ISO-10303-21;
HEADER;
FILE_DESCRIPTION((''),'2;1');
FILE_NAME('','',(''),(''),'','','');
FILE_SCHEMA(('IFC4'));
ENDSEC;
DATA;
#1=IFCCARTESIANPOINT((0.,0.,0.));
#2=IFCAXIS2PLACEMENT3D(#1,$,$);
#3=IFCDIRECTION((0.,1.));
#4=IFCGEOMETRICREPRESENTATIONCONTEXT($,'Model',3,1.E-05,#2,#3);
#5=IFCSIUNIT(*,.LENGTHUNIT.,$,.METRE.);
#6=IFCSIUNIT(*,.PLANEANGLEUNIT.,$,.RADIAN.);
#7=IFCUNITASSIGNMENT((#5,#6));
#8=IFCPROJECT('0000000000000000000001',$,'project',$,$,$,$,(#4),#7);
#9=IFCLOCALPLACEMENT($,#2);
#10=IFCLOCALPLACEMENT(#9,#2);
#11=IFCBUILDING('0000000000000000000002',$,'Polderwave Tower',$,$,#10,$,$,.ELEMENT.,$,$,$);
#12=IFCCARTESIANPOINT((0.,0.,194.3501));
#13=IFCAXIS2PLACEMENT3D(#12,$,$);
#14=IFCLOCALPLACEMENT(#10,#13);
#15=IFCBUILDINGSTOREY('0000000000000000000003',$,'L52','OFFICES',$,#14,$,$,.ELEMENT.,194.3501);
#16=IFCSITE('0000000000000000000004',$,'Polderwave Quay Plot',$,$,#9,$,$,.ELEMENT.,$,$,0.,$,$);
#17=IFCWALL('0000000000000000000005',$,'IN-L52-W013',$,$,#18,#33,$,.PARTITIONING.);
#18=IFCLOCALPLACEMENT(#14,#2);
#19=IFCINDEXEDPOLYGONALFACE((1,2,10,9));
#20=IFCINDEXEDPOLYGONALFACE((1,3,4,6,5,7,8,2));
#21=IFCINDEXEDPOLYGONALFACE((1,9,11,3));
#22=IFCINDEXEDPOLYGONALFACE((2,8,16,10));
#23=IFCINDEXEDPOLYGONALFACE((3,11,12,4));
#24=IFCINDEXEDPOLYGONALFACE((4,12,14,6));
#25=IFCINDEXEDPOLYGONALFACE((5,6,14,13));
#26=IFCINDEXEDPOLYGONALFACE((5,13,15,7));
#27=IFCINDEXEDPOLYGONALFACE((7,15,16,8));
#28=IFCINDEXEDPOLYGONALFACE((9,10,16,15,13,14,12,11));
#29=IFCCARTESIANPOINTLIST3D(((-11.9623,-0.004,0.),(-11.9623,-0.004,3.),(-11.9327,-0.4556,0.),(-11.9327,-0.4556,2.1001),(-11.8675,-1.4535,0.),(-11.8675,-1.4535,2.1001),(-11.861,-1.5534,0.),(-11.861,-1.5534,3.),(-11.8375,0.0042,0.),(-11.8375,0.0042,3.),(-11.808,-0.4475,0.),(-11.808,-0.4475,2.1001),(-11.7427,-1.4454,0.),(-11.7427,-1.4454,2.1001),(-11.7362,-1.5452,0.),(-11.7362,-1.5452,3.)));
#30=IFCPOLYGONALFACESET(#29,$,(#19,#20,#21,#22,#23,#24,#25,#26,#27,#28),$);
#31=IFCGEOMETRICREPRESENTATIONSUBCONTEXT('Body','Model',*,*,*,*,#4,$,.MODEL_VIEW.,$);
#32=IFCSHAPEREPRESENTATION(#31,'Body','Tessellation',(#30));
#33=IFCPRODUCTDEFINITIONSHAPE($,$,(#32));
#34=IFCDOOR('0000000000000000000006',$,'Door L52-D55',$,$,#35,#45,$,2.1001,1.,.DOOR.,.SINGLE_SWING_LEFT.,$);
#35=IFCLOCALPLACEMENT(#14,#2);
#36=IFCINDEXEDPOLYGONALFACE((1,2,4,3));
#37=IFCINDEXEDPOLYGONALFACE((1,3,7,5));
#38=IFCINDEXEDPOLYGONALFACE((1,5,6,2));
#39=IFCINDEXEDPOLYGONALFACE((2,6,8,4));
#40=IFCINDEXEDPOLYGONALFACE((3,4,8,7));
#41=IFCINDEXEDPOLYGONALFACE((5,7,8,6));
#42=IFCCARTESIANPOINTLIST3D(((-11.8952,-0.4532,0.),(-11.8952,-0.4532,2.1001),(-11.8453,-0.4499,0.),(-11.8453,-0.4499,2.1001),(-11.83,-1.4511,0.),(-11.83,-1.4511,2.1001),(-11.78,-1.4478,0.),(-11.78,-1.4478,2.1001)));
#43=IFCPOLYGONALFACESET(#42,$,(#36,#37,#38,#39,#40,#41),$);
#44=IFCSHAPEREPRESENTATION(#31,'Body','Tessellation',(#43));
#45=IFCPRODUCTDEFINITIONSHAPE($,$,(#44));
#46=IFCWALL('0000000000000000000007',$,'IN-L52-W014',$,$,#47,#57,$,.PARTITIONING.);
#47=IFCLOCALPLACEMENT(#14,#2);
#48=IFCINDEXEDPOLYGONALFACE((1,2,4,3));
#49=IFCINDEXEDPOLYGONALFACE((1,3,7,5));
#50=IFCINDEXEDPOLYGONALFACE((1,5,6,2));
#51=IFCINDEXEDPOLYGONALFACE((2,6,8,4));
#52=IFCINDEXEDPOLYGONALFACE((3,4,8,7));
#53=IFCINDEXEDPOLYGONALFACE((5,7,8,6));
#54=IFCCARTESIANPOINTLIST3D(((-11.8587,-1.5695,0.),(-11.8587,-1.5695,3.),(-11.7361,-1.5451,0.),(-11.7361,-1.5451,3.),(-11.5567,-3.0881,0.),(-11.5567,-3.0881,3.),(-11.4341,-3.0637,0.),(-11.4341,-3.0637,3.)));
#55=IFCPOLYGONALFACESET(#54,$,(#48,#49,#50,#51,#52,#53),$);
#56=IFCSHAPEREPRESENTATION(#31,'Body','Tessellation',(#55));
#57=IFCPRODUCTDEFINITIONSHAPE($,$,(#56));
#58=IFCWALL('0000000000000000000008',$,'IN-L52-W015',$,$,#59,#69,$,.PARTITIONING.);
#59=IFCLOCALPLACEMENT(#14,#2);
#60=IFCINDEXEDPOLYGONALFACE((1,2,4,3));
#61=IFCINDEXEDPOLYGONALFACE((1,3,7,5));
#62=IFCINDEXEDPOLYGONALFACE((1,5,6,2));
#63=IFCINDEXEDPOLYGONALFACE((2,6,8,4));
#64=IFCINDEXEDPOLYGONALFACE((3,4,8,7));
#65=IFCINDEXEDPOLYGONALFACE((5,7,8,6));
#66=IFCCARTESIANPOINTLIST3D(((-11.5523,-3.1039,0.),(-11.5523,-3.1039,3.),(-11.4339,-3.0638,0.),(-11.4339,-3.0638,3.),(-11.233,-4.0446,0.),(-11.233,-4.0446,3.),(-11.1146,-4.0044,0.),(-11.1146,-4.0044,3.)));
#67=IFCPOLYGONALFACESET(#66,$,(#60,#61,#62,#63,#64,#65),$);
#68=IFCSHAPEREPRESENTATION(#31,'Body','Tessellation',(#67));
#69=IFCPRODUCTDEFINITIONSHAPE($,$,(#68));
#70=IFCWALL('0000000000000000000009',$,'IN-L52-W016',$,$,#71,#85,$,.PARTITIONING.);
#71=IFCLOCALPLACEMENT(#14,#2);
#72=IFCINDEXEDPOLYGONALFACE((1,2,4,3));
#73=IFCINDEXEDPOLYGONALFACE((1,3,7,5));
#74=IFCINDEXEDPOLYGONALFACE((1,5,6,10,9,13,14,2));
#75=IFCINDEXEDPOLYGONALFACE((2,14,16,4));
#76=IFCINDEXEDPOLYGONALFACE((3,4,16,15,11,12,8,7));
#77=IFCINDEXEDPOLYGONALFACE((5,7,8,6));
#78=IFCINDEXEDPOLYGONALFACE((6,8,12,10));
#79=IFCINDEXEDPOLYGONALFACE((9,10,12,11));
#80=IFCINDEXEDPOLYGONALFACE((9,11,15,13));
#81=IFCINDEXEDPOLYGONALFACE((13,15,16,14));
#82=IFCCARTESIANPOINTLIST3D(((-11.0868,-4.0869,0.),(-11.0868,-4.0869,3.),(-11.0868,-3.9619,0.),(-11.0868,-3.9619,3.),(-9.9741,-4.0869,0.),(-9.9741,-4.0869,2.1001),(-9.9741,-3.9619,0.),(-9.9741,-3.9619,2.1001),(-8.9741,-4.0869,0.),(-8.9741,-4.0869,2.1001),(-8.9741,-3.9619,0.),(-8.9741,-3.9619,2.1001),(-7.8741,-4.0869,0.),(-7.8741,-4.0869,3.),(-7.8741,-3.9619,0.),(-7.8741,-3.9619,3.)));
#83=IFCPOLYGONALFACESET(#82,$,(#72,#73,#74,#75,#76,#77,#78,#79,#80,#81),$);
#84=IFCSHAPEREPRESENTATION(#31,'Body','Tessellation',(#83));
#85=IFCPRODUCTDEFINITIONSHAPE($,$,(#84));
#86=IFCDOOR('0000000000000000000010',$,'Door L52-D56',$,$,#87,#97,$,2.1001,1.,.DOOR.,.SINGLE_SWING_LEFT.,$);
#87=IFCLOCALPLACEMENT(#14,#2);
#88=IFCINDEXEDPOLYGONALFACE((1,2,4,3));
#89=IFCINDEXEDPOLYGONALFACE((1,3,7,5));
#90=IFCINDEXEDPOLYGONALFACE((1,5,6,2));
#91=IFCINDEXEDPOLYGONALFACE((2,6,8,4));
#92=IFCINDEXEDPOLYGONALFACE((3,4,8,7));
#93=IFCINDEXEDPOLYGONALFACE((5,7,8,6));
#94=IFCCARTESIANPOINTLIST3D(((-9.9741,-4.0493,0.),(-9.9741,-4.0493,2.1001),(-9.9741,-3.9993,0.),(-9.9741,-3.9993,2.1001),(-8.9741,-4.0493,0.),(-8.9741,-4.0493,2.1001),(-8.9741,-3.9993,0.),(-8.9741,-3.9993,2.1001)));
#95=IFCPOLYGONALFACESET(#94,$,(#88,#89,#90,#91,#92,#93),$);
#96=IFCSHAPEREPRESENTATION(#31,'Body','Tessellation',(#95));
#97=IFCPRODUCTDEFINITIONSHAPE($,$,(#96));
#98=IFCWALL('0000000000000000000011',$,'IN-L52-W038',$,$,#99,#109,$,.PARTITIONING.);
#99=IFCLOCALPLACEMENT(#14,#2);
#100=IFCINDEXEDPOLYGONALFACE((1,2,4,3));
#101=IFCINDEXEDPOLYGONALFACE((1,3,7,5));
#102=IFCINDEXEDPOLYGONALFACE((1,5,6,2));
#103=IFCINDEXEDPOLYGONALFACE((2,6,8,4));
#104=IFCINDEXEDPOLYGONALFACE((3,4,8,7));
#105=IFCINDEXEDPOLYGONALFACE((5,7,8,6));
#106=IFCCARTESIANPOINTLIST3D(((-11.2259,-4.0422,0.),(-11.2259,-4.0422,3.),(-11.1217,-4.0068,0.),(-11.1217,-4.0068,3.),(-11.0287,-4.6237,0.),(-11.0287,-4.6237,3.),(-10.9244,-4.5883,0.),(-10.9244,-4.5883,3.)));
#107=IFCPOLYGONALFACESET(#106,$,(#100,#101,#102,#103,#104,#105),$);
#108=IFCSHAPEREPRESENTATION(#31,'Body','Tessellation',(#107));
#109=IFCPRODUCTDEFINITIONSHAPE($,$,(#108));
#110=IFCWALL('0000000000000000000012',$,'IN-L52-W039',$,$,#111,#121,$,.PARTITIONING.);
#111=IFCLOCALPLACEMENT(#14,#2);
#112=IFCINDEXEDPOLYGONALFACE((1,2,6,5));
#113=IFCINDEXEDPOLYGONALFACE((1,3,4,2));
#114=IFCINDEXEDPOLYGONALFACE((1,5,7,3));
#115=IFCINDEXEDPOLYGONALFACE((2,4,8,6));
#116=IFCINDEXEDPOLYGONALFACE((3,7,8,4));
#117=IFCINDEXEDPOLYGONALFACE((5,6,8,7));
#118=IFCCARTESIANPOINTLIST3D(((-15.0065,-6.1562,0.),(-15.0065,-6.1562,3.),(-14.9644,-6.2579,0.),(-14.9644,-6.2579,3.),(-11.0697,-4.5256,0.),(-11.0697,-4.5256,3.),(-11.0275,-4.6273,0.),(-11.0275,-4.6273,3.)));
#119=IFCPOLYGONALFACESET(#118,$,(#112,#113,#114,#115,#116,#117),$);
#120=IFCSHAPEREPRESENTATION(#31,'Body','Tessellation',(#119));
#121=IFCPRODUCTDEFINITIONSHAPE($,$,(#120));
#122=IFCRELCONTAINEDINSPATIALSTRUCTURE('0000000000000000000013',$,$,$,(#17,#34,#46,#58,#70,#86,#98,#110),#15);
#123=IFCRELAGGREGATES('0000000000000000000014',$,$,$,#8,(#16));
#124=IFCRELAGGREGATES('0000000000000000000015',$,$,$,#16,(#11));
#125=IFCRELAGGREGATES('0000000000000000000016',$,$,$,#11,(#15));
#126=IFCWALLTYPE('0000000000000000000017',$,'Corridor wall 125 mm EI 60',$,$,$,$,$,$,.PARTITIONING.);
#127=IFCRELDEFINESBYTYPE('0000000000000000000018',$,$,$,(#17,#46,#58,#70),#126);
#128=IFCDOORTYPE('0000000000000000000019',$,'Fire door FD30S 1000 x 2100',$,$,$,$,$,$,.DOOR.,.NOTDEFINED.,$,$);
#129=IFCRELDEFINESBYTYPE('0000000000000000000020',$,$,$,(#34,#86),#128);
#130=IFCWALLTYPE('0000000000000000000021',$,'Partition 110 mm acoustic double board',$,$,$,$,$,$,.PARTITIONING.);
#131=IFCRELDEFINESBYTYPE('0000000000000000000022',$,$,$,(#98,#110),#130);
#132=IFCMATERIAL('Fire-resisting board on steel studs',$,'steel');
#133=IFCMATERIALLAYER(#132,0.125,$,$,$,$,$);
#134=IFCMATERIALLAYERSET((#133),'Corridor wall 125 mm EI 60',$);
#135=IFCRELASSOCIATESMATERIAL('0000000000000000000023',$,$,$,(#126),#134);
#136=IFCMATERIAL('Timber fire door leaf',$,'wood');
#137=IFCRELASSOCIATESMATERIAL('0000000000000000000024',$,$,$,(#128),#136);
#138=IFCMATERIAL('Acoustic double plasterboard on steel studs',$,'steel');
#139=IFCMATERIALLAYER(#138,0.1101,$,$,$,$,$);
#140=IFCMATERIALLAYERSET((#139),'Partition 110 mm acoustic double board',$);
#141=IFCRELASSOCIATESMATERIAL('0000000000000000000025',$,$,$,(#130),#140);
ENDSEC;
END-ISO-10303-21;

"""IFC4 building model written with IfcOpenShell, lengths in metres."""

from ifc_helpers import new_model, si_unit, direction, frame, frame_2d, origin, place, context, subcontext, project, spatial, rectangle, extrude, material, layer, layer_set, type_object, element, fill, save


model = new_model("IFC4")

# Units and contexts
model_context = context("Model", 3, precision=1e-05, world=origin(), true_north=direction((0.0, 1.0)))
body_context = subcontext(model_context, "Body", "Model", "MODEL_VIEW")
ifc_project = project(units=[si_unit("LENGTHUNIT", "METRE"), si_unit("PLANEANGLEUNIT", "RADIAN")], contexts=[model_context])

# Site, building, storey
site_placement = place(None, origin())
site = spatial("IfcSite", under=ifc_project, at=site_placement, Name="Polderwave Quay Plot", CompositionType="ELEMENT", RefElevation=0.0)
building_placement = place(site_placement, origin())
building = spatial("IfcBuilding", under=site, at=building_placement, Name="Polderwave Tower", CompositionType="ELEMENT")
storey_placement = place(building_placement, frame((0.0, 0.0, 194.3501)))
storey = spatial("IfcBuildingStorey", under=building, at=storey_placement, Name="L52", Description="OFFICES", CompositionType="ELEMENT", Elevation=194.3501)

# Wall, opening, door
ifc_material_1 = material(Name="Fire-resisting board on steel studs", Category="steel")
ifc_layer_1 = layer(ifc_material_1, 0.125)
ifc_layer_set_1 = layer_set([ifc_layer_1], Name="Corridor wall 125 mm EI 60")
wall_type_1 = type_object("IfcWallType", Name="Corridor wall 125 mm EI 60", PredefinedType="PARTITIONING", material=ifc_layer_set_1)
wall_1_placement = place(storey_placement, frame((-11.7986, -1.5493, 0.0), z_axis=(0.0, 0.0, 1.0), x_axis=(-0.065256, 0.997869, 0.0)))
wall_1 = element("IfcWall", 1, at=wall_1_placement, inside=storey, type_object=wall_type_1, Name="IN-L52-W013", PredefinedType="PARTITIONING", context=body_context, shape_type="SweptSolid", body=[
    extrude(rectangle(XDim=1.5527, YDim=0.125, at=frame_2d((0.7764, 0.0))), origin(), (0.0, 0.0, 1.0), 3.0),
])
opening_1_placement = place(wall_1_placement, frame((0.1001, 0.0, 0.0)))
opening_1 = element("IfcOpeningElement", 2, at=opening_1_placement, cuts=wall_1, PredefinedType="OPENING", context=body_context, shape_type="SweptSolid", body=[
    extrude(rectangle(XDim=1.0, YDim=2.1001, at=frame_2d((0.5, 1.05))), frame((0.0, 0.0725, 0.0), z_axis=(0.0, -1.0, 0.0), x_axis=(1.0, 0.0, 0.0)), (0.0, 0.0, 1.0), 0.145),
])
ifc_material_2 = material(Name="Timber fire door leaf", Category="wood")
door_type_1 = type_object("IfcDoorType", Name="Fire door FD30S 1000 x 2100", OperationType="NOTDEFINED", PredefinedType="DOOR", material=ifc_material_2)
door_1_placement = place(opening_1_placement, origin())
door_1 = element("IfcDoor", 3, at=door_1_placement, inside=storey, type_object=door_type_1, Name="Door L52-D55", OperationType="SINGLE_SWING_LEFT", OverallHeight=2.1001, OverallWidth=1.0, PredefinedType="DOOR", context=body_context, shape_type="SweptSolid", body=[
    extrude(rectangle(XDim=1.0, YDim=2.1001, at=frame_2d((0.5, 1.05))), frame((0.0, 0.0249, 0.0), z_axis=(0.0, -1.0, 0.0), x_axis=(1.0, 0.0, 0.0)), (0.0, 0.0, 1.0), 0.05),
])
fill(opening_1, door_1)

# Walls
wall_2_placement = place(storey_placement, frame((-11.4954, -3.0759, 0.0), z_axis=(0.0, 0.0, 1.0), x_axis=(-0.195055, 0.980792, 0.0)))
element("IfcWall", 4, at=wall_2_placement, inside=storey, type_object=wall_type_1, Name="IN-L52-W014", PredefinedType="PARTITIONING", context=body_context, shape_type="SweptSolid", body=[
    extrude(rectangle(XDim=1.5483, YDim=0.125, at=frame_2d((0.7742, 0.0))), origin(), (0.0, 0.0, 1.0), 3.0),
])
wall_3_placement = place(storey_placement, frame((-11.1738, -4.0244, 0.0), z_axis=(0.0, 0.0, 1.0), x_axis=(-0.321458, 0.946924, 0.0)))
element("IfcWall", 5, at=wall_3_placement, inside=storey, type_object=wall_type_1, Name="IN-L52-W015", PredefinedType="PARTITIONING", context=body_context, shape_type="SweptSolid", body=[
    extrude(rectangle(XDim=0.9934, YDim=0.125, at=frame_2d((0.4966, 0.0))), origin(), (0.0, 0.0, 1.0), 3.0),
])

# Wall, opening, door
wall_4_placement = place(storey_placement, frame((-7.874, -4.0244, 0.0), z_axis=(0.0, 0.0, 1.0), x_axis=(-1.0, 0.0, 0.0)))
wall_4 = element("IfcWall", 6, at=wall_4_placement, inside=storey, type_object=wall_type_1, Name="IN-L52-W016", PredefinedType="PARTITIONING", context=body_context, shape_type="SweptSolid", body=[
    extrude(rectangle(XDim=3.2126, YDim=0.125, at=frame_2d((1.6064, 0.0))), origin(), (0.0, 0.0, 1.0), 3.0),
])
opening_2_placement = place(wall_4_placement, frame((1.1001, 0.0, 0.0)))
opening_2 = element("IfcOpeningElement", 7, at=opening_2_placement, cuts=wall_4, PredefinedType="OPENING", context=body_context, shape_type="SweptSolid", body=[
    extrude(rectangle(XDim=1.0, YDim=2.1001, at=frame_2d((0.5, 1.05))), frame((0.0, 0.0725, 0.0), z_axis=(0.0, -1.0, 0.0), x_axis=(1.0, 0.0, 0.0)), (0.0, 0.0, 1.0), 0.145),
])
door_2_placement = place(opening_2_placement, origin())
door_2 = element("IfcDoor", 8, at=door_2_placement, inside=storey, type_object=door_type_1, Name="Door L52-D56", OperationType="SINGLE_SWING_LEFT", OverallHeight=2.1001, OverallWidth=1.0, PredefinedType="DOOR", context=body_context, shape_type="SweptSolid", body=[
    extrude(rectangle(XDim=1.0, YDim=2.1001, at=frame_2d((0.5, 1.05))), frame((0.0, 0.0249, 0.0), z_axis=(0.0, -1.0, 0.0), x_axis=(1.0, 0.0, 0.0)), (0.0, 0.0, 1.0), 0.05),
])
fill(opening_2, door_2)

# Walls
ifc_material_3 = material(Name="Acoustic double plasterboard on steel studs", Category="steel")
ifc_layer_2 = layer(ifc_material_3, 0.1101)
ifc_layer_set_2 = layer_set([ifc_layer_2], Name="Partition 110 mm acoustic double board")
wall_type_2 = type_object("IfcWallType", Name="Partition 110 mm acoustic double board", PredefinedType="PARTITIONING", material=ifc_layer_set_2)
wall_5_placement = place(storey_placement, frame((-11.1738, -4.0244, 0.0), z_axis=(0.0, 0.0, 1.0), x_axis=(0.321233, -0.947, 0.0)))
element("IfcWall", 9, at=wall_5_placement, inside=storey, type_object=wall_type_2, Name="IN-L52-W038", PredefinedType="PARTITIONING", context=body_context, shape_type="SweptSolid", body=[
    extrude(rectangle(XDim=0.614, YDim=0.1101, at=frame_2d((0.3071, 0.0))), origin(), (0.0, 0.0, 1.0), 3.0),
])
wall_6_placement = place(storey_placement, frame((-11.0486, -4.5764, 0.0), z_axis=(0.0, 0.0, 1.0), x_axis=(-0.923883, -0.382674, 0.0)))
element("IfcWall", 10, at=wall_6_placement, inside=storey, type_object=wall_type_2, Name="IN-L52-W039", PredefinedType="PARTITIONING", context=body_context, shape_type="SweptSolid", body=[
    extrude(rectangle(XDim=4.2612, YDim=0.1101, at=frame_2d((2.1306, 0.0))), origin(), (0.0, 0.0, 1.0), 3.0),
])

save(model, "model.ifc")
